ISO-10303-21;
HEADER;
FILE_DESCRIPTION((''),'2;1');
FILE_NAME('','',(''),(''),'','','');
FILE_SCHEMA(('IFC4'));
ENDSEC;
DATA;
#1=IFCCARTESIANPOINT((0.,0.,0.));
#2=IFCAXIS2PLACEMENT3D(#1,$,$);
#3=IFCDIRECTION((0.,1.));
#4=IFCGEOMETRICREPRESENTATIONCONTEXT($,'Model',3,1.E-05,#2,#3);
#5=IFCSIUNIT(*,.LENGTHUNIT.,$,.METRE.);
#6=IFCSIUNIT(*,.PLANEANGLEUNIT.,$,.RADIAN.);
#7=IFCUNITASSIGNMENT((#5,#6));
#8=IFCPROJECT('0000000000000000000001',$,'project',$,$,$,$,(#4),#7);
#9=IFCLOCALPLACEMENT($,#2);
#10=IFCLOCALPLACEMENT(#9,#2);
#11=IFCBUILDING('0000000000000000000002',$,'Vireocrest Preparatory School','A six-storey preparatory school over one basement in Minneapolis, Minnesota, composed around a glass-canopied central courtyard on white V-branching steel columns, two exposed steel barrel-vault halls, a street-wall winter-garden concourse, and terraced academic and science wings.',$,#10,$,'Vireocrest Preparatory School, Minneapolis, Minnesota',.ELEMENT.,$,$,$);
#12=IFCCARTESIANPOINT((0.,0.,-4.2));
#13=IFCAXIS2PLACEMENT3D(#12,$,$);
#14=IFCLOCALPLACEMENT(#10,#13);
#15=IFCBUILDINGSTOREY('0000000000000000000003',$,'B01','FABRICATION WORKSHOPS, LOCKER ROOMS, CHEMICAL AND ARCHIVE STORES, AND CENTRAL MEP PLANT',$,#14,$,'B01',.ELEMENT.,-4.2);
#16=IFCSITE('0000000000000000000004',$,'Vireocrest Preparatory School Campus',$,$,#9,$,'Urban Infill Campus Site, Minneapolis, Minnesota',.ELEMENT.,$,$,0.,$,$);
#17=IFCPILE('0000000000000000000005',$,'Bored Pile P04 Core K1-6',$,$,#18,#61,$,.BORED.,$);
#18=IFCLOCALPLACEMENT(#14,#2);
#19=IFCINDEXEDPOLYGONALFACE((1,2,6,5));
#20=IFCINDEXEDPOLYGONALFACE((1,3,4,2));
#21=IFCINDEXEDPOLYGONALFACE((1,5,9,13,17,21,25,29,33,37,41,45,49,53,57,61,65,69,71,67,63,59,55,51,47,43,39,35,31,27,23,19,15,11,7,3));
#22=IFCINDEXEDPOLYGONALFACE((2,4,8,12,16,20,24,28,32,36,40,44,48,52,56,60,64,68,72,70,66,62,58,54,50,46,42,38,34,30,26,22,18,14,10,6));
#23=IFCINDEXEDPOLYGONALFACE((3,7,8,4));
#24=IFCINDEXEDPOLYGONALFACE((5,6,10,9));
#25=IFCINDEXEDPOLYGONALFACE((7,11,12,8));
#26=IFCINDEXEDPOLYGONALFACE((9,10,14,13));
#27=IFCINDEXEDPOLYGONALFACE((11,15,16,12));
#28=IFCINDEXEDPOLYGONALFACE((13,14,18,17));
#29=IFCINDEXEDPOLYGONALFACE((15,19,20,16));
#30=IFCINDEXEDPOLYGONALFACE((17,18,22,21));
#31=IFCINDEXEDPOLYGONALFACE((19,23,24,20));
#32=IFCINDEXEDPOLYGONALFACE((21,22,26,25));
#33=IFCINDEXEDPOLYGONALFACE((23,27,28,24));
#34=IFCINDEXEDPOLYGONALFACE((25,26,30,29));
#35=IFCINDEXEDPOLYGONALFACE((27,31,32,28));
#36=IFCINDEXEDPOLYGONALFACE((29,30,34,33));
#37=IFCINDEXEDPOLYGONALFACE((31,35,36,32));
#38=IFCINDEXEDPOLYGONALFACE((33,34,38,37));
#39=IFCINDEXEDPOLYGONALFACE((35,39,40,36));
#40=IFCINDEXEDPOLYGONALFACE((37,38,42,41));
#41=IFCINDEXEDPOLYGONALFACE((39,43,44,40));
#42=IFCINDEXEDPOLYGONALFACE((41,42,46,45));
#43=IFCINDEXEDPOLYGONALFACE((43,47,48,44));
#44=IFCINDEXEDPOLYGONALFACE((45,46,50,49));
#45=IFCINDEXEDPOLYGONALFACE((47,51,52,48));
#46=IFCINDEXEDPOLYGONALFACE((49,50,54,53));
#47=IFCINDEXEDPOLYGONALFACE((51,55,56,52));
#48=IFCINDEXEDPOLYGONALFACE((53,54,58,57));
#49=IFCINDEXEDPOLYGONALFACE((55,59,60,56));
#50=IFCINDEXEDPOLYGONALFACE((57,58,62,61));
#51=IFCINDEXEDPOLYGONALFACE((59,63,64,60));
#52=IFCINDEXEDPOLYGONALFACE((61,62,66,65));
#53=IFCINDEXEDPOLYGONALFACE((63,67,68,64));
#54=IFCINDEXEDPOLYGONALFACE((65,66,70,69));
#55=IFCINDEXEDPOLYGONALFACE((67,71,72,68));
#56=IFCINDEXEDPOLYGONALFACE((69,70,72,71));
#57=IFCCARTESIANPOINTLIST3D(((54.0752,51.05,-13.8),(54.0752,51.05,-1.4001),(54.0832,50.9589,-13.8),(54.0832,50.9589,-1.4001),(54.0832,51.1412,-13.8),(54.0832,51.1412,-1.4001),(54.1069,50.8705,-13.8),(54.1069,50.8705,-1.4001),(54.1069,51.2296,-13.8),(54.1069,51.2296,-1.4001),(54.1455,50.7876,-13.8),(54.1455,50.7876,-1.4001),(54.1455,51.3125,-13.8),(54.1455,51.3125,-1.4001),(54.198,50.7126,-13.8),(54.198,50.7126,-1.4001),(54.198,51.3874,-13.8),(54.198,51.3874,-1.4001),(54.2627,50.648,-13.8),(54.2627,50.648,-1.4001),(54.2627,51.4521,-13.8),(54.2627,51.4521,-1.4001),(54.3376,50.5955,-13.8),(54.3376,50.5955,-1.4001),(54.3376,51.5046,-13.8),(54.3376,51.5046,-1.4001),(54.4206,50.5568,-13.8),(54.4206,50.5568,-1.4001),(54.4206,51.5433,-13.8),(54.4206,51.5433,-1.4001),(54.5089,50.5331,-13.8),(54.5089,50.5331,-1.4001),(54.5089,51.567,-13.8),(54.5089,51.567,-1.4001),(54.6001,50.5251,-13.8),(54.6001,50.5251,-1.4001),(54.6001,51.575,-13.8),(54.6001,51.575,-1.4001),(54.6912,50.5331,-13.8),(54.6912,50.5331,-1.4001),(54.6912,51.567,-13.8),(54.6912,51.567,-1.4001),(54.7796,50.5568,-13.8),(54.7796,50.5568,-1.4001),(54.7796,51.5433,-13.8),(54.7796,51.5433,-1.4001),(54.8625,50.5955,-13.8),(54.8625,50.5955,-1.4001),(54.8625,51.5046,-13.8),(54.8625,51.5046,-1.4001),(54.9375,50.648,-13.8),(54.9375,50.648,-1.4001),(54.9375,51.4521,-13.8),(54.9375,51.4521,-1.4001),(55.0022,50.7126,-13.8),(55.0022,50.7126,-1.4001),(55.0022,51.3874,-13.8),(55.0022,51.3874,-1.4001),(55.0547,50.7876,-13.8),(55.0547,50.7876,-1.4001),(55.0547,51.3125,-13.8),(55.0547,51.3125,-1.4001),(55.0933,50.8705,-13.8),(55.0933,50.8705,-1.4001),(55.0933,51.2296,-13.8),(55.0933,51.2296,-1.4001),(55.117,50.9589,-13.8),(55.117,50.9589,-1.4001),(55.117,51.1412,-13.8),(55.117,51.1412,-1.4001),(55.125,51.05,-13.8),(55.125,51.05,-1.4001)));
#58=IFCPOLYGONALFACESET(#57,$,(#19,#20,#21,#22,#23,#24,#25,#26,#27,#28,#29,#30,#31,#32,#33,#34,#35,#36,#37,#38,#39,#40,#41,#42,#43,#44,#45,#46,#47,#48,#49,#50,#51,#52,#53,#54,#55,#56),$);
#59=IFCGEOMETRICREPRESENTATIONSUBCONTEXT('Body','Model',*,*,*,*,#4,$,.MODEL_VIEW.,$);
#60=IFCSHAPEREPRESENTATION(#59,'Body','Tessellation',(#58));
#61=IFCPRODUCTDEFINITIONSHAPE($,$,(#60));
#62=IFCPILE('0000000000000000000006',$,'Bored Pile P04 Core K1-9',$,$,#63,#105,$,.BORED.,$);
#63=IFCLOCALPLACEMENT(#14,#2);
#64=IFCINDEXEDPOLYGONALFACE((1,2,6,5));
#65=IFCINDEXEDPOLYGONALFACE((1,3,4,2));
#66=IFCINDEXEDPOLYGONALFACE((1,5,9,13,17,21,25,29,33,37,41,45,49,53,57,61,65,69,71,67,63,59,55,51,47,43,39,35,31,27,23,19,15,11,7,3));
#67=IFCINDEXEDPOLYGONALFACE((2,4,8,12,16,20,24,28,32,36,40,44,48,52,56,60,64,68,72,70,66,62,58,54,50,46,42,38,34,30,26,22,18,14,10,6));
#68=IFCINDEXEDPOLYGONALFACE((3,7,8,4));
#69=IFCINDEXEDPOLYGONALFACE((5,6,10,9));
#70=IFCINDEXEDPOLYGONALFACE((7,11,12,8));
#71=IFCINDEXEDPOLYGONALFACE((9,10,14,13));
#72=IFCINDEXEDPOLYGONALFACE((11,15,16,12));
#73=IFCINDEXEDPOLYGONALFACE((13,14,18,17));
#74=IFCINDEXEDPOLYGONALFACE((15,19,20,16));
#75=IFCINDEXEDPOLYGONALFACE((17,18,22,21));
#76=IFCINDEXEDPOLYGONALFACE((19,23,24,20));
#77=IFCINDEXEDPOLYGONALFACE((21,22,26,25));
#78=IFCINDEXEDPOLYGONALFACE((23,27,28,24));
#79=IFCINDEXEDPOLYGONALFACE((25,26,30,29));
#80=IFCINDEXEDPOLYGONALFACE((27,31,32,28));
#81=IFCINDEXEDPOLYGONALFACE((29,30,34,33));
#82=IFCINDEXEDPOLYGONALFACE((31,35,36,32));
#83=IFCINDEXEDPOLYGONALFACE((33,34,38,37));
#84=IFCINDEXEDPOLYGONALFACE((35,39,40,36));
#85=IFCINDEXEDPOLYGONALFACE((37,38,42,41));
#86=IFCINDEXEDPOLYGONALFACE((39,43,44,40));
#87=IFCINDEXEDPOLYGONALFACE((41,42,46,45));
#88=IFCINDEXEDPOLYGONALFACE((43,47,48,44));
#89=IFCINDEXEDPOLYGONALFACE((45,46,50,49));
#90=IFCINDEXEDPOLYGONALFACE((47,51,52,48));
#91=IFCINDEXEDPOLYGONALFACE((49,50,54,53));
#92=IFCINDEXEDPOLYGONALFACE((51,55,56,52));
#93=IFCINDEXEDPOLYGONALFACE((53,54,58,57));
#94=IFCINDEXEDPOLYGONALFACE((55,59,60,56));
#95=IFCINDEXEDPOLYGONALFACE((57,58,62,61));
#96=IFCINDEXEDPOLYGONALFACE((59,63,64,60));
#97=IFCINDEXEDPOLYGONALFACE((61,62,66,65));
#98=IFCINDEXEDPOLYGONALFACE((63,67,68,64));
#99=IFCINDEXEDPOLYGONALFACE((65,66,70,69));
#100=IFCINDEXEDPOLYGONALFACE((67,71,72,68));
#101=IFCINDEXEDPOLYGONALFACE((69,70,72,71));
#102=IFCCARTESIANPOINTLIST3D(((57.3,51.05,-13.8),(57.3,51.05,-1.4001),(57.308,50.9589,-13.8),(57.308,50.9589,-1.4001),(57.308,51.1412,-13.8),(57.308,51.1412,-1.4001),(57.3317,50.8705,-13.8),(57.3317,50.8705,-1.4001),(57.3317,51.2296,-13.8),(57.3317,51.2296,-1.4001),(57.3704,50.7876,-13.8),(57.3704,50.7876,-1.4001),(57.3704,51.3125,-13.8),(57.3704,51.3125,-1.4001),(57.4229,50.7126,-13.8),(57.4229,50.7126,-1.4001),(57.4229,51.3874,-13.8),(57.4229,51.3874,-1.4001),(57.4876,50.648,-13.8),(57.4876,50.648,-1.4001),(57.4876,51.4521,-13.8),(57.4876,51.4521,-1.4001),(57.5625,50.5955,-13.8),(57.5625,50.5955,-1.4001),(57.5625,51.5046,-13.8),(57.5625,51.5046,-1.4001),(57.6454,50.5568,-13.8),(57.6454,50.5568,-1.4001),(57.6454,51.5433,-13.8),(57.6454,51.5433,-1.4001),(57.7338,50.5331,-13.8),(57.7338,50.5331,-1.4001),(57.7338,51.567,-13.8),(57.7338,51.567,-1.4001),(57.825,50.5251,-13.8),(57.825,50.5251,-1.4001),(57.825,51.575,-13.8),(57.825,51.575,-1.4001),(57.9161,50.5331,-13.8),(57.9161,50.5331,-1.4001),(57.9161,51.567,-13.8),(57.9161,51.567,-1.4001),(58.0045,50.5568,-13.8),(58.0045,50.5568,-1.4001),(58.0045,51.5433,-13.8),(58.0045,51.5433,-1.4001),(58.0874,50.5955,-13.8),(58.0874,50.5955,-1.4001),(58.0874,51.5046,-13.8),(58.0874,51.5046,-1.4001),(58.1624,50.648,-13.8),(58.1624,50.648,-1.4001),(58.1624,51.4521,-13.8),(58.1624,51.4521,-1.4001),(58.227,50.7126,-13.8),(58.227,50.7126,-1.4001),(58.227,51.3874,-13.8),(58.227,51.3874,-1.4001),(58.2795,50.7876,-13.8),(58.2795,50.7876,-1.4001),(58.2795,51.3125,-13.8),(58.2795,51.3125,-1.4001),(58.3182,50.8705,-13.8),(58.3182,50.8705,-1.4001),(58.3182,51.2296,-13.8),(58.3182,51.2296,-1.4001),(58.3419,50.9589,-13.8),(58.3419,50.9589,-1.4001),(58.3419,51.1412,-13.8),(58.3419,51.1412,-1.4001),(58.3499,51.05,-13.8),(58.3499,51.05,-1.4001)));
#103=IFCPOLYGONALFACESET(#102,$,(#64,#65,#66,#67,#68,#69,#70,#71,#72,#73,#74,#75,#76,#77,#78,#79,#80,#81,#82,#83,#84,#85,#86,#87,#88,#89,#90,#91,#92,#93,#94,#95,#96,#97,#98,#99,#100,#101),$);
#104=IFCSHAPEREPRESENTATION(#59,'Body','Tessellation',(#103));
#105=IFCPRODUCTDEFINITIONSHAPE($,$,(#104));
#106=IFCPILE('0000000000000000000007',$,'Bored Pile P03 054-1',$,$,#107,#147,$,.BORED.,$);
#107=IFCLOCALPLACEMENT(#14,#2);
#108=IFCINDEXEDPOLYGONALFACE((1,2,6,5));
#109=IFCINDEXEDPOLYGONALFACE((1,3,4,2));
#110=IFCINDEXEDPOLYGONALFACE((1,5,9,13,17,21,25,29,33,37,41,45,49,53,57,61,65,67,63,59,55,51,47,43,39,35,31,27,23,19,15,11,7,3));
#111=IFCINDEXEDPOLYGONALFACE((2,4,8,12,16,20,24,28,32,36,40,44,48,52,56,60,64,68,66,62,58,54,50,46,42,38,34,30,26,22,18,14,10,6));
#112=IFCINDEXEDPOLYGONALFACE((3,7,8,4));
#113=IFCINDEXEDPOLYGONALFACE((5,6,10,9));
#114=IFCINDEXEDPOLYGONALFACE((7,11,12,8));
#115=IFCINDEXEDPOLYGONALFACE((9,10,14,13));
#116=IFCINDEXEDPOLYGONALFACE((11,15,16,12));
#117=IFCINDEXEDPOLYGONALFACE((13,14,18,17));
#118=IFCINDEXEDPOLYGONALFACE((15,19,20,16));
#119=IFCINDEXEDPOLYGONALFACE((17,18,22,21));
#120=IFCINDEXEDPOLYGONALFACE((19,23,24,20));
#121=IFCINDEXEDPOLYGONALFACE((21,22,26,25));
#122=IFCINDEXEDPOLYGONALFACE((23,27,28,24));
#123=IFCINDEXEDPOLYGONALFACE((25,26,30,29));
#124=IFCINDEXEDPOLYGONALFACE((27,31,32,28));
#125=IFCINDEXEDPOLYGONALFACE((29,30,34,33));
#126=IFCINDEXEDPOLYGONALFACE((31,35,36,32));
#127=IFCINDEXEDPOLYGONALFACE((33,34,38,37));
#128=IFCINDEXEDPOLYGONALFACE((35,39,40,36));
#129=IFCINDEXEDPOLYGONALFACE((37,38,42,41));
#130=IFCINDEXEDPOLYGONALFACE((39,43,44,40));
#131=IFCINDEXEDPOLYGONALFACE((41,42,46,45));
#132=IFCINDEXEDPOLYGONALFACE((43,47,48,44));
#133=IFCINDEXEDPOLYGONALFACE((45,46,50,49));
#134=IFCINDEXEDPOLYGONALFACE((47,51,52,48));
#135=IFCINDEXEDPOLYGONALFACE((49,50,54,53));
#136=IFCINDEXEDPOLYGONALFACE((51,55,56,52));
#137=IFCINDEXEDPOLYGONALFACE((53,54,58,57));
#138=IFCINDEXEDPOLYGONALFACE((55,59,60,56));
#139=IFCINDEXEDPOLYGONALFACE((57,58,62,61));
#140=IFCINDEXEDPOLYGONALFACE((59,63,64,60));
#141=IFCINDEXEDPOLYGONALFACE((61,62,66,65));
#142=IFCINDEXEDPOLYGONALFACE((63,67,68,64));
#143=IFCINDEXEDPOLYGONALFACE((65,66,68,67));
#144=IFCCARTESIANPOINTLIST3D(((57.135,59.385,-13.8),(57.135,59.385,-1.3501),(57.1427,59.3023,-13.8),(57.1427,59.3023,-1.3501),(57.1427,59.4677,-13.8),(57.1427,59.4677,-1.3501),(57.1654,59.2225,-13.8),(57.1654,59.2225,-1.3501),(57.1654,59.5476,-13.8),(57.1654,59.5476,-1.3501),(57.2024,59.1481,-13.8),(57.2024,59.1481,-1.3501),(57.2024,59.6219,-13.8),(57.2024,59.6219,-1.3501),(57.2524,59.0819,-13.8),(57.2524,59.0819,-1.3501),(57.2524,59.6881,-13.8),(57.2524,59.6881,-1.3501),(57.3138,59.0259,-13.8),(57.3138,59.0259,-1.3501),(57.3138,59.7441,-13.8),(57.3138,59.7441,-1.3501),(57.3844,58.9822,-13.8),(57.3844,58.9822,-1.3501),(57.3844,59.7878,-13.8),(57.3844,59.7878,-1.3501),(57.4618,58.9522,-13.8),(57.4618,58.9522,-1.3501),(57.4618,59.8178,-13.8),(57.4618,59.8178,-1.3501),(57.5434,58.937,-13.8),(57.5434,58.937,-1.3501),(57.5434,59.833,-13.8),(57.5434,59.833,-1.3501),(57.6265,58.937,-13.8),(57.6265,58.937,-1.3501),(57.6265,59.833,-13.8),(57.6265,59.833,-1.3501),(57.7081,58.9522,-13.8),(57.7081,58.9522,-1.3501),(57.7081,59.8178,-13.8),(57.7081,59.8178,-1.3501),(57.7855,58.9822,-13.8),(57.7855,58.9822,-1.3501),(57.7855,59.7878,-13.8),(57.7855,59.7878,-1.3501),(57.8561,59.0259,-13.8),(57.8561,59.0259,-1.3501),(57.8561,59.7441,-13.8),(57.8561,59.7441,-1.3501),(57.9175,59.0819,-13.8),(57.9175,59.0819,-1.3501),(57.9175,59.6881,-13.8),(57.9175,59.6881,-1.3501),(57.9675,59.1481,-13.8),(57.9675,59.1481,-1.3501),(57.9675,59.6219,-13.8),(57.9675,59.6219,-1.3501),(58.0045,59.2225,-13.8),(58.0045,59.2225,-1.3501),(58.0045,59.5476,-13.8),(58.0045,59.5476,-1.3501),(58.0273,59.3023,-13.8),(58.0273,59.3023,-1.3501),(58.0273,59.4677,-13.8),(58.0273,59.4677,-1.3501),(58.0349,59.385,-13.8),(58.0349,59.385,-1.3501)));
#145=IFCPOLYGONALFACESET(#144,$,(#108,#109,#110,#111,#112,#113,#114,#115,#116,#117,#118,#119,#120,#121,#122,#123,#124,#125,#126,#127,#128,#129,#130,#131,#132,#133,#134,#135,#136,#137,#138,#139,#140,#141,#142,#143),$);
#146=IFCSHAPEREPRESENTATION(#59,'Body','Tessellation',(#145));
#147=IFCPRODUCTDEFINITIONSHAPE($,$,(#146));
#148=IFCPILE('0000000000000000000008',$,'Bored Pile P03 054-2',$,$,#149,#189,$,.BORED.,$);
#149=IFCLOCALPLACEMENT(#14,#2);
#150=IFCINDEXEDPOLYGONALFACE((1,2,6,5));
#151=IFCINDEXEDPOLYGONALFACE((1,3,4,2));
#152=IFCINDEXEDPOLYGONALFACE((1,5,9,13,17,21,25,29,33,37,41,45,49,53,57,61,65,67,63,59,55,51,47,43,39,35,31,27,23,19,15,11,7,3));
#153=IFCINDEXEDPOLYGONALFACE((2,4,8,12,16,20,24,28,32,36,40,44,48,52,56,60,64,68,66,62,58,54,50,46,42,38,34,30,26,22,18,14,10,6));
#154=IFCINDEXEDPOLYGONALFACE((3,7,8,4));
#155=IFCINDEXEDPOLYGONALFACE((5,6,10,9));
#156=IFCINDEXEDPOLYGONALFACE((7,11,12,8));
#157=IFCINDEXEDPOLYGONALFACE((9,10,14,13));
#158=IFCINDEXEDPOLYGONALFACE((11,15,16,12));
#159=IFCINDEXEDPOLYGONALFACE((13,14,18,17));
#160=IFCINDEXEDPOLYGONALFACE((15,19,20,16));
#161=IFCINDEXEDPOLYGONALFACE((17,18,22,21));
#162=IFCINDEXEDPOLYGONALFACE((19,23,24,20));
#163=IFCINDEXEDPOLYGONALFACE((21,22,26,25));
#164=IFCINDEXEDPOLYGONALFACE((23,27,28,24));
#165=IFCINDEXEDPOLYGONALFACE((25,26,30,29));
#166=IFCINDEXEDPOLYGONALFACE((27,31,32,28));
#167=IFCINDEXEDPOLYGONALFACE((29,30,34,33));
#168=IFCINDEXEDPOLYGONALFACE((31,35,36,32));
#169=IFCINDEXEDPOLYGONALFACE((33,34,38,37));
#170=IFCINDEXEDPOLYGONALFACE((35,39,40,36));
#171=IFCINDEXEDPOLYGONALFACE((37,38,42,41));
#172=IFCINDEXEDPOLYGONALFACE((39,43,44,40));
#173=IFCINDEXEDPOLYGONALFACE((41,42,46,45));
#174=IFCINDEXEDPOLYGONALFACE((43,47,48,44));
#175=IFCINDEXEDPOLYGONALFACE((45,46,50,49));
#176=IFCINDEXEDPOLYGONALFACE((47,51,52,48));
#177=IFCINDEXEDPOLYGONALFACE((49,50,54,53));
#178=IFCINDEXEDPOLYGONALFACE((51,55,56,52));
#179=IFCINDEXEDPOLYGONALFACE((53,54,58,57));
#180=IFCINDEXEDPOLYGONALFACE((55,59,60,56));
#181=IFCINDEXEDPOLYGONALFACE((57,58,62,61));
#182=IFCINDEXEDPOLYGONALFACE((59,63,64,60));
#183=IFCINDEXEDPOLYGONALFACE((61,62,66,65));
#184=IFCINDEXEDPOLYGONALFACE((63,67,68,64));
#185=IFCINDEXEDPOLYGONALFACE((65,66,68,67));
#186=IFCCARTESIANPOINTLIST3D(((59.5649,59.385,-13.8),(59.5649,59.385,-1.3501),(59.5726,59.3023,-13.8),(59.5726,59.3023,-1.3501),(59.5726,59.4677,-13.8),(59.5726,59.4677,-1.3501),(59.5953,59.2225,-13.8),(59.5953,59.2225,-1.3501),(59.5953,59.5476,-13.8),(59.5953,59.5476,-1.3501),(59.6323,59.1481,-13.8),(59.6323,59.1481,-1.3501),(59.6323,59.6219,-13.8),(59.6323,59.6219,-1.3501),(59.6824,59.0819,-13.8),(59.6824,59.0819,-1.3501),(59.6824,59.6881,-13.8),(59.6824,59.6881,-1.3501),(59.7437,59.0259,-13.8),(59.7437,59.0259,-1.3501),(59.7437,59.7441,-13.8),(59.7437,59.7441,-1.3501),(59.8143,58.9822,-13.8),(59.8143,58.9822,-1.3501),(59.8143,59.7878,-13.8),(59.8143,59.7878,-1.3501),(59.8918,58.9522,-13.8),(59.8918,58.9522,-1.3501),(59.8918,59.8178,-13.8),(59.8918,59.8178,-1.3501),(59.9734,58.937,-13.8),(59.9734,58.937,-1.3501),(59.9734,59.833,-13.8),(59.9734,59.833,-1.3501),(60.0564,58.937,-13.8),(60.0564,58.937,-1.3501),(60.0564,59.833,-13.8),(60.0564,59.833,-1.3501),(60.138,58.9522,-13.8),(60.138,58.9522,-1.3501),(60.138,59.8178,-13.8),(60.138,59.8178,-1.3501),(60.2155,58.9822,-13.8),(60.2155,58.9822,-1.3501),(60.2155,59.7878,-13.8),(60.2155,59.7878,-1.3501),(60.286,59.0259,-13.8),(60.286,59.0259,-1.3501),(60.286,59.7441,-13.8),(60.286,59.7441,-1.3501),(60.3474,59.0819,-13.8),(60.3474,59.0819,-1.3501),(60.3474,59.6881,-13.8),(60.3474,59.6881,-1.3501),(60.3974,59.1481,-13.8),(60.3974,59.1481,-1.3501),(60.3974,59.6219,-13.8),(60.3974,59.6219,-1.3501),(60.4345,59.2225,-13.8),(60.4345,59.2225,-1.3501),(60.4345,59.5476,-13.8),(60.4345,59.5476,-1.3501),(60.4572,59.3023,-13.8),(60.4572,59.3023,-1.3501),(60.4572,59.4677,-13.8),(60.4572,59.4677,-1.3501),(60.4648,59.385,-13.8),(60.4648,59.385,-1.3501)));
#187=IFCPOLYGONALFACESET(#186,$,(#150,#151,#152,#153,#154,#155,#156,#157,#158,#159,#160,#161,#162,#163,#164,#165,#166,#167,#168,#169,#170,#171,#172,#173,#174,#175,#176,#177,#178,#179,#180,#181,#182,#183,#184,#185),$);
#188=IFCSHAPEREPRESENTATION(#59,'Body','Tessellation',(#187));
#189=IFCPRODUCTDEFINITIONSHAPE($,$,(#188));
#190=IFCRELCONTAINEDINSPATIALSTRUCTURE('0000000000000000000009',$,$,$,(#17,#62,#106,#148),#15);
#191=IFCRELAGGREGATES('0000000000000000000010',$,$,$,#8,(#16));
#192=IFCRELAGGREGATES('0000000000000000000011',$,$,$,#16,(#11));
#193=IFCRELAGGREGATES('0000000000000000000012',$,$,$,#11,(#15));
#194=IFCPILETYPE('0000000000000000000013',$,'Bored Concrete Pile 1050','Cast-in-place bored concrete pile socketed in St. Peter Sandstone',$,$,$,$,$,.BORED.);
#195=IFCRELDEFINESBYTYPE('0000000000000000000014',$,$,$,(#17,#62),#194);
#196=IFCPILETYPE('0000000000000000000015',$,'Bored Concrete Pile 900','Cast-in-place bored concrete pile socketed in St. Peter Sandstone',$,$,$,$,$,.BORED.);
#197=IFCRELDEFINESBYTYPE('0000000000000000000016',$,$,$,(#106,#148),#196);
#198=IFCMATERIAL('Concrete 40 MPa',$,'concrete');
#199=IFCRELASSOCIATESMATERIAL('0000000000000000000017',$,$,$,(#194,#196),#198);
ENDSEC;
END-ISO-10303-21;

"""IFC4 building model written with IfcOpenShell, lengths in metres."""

from ifc_helpers import new_model, si_unit, direction, frame, origin, origin_2d, place, context, subcontext, project, spatial, circle, extrude, material, material_profile, profile_set, type_object, element, save


model = new_model("IFC4")

# Units and contexts
model_context = context("Model", 3, precision=1e-05, world=origin(), true_north=direction((0.0, 1.0)))
body_context = subcontext(model_context, "Body", "Model", "MODEL_VIEW")
ifc_project = project(units=[si_unit("LENGTHUNIT", "METRE"), si_unit("PLANEANGLEUNIT", "RADIAN")], contexts=[model_context])

# Site, building, storey
site_placement = place(None, origin())
site = spatial("IfcSite", under=ifc_project, at=site_placement, Name="Vireocrest Preparatory School Campus", LongName="Urban Infill Campus Site, Minneapolis, Minnesota", CompositionType="ELEMENT", RefElevation=0.0)
building_placement = place(site_placement, origin())
building = spatial("IfcBuilding", under=site, at=building_placement, Name="Vireocrest Preparatory School", Description="A six-storey preparatory school over one basement in Minneapolis, Minnesota, composed around a glass-canopied central courtyard on white V-branching steel columns, two exposed steel barrel-vault halls, a street-wall winter-garden concourse, and terraced academic and science wings.", LongName="Vireocrest Preparatory School, Minneapolis, Minnesota", CompositionType="ELEMENT")
storey_placement = place(building_placement, frame((0.0, 0.0, -4.2)))
storey = spatial("IfcBuildingStorey", under=building, at=storey_placement, Name="B01", Description="FABRICATION WORKSHOPS, LOCKER ROOMS, CHEMICAL AND ARCHIVE STORES, AND CENTRAL MEP PLANT", LongName="B01", CompositionType="ELEMENT", Elevation=-4.2)

# Piles
ifc_material_1 = material(Name="Concrete 40 MPa", Category="concrete")
ifc_material_profile_1 = material_profile(ifc_material_1, circle(Radius=0.5249, at=origin_2d()), Name="BORED PILE 1050")
ifc_profile_set_1 = profile_set([ifc_material_profile_1], Name="Concrete 40 MPa")
pile_type_1 = type_object("IfcPileType", Name="Bored Concrete Pile 1050", Description="Cast-in-place bored concrete pile socketed in St. Peter Sandstone", PredefinedType="BORED", material=ifc_profile_set_1)
for number, where, z_axis, x_axis, name in (
    (1, (54.6001, 51.05, -1.4001), (0.0, 0.0, -1.0), (1.0, 0.0, 0.0), "Bored Pile P04 Core K1-6"),
    (2, (57.825, 51.05, -1.4001), (0.0, 0.0, -1.0), (1.0, 0.0, 0.0), "Bored Pile P04 Core K1-9"),
):
    element("IfcPile", number, at=place(storey_placement, frame(where, z_axis=z_axis, x_axis=x_axis)), inside=storey, type_object=pile_type_1, Name=name, PredefinedType="BORED", context=body_context, shape_type="SweptSolid", body=[
        extrude(circle(Radius=0.5249, at=origin_2d()), origin(), (0.0, 0.0, 1.0), 12.3999),
    ])
ifc_material_profile_2 = material_profile(ifc_material_1, circle(Radius=0.45, at=origin_2d()), Name="BORED PILE 900")
ifc_profile_set_2 = profile_set([ifc_material_profile_2], Name="Concrete 40 MPa")
pile_type_2 = type_object("IfcPileType", Name="Bored Concrete Pile 900", Description="Cast-in-place bored concrete pile socketed in St. Peter Sandstone", PredefinedType="BORED", material=ifc_profile_set_2)
for number, where, z_axis, x_axis, name in (
    (3, (57.585, 59.385, -1.3501), (0.0, 0.0, -1.0), (1.0, 0.0, 0.0), "Bored Pile P03 054-1"),
    (4, (60.0149, 59.385, -1.3501), (0.0, 0.0, -1.0), (1.0, 0.0, 0.0), "Bored Pile P03 054-2"),
):
    element("IfcPile", number, at=place(storey_placement, frame(where, z_axis=z_axis, x_axis=x_axis)), inside=storey, type_object=pile_type_2, Name=name, PredefinedType="BORED", context=body_context, shape_type="SweptSolid", body=[
        extrude(circle(Radius=0.45, at=origin_2d()), origin(), (0.0, 0.0, 1.0), 12.45),
    ])

save(model, "model.ifc")
